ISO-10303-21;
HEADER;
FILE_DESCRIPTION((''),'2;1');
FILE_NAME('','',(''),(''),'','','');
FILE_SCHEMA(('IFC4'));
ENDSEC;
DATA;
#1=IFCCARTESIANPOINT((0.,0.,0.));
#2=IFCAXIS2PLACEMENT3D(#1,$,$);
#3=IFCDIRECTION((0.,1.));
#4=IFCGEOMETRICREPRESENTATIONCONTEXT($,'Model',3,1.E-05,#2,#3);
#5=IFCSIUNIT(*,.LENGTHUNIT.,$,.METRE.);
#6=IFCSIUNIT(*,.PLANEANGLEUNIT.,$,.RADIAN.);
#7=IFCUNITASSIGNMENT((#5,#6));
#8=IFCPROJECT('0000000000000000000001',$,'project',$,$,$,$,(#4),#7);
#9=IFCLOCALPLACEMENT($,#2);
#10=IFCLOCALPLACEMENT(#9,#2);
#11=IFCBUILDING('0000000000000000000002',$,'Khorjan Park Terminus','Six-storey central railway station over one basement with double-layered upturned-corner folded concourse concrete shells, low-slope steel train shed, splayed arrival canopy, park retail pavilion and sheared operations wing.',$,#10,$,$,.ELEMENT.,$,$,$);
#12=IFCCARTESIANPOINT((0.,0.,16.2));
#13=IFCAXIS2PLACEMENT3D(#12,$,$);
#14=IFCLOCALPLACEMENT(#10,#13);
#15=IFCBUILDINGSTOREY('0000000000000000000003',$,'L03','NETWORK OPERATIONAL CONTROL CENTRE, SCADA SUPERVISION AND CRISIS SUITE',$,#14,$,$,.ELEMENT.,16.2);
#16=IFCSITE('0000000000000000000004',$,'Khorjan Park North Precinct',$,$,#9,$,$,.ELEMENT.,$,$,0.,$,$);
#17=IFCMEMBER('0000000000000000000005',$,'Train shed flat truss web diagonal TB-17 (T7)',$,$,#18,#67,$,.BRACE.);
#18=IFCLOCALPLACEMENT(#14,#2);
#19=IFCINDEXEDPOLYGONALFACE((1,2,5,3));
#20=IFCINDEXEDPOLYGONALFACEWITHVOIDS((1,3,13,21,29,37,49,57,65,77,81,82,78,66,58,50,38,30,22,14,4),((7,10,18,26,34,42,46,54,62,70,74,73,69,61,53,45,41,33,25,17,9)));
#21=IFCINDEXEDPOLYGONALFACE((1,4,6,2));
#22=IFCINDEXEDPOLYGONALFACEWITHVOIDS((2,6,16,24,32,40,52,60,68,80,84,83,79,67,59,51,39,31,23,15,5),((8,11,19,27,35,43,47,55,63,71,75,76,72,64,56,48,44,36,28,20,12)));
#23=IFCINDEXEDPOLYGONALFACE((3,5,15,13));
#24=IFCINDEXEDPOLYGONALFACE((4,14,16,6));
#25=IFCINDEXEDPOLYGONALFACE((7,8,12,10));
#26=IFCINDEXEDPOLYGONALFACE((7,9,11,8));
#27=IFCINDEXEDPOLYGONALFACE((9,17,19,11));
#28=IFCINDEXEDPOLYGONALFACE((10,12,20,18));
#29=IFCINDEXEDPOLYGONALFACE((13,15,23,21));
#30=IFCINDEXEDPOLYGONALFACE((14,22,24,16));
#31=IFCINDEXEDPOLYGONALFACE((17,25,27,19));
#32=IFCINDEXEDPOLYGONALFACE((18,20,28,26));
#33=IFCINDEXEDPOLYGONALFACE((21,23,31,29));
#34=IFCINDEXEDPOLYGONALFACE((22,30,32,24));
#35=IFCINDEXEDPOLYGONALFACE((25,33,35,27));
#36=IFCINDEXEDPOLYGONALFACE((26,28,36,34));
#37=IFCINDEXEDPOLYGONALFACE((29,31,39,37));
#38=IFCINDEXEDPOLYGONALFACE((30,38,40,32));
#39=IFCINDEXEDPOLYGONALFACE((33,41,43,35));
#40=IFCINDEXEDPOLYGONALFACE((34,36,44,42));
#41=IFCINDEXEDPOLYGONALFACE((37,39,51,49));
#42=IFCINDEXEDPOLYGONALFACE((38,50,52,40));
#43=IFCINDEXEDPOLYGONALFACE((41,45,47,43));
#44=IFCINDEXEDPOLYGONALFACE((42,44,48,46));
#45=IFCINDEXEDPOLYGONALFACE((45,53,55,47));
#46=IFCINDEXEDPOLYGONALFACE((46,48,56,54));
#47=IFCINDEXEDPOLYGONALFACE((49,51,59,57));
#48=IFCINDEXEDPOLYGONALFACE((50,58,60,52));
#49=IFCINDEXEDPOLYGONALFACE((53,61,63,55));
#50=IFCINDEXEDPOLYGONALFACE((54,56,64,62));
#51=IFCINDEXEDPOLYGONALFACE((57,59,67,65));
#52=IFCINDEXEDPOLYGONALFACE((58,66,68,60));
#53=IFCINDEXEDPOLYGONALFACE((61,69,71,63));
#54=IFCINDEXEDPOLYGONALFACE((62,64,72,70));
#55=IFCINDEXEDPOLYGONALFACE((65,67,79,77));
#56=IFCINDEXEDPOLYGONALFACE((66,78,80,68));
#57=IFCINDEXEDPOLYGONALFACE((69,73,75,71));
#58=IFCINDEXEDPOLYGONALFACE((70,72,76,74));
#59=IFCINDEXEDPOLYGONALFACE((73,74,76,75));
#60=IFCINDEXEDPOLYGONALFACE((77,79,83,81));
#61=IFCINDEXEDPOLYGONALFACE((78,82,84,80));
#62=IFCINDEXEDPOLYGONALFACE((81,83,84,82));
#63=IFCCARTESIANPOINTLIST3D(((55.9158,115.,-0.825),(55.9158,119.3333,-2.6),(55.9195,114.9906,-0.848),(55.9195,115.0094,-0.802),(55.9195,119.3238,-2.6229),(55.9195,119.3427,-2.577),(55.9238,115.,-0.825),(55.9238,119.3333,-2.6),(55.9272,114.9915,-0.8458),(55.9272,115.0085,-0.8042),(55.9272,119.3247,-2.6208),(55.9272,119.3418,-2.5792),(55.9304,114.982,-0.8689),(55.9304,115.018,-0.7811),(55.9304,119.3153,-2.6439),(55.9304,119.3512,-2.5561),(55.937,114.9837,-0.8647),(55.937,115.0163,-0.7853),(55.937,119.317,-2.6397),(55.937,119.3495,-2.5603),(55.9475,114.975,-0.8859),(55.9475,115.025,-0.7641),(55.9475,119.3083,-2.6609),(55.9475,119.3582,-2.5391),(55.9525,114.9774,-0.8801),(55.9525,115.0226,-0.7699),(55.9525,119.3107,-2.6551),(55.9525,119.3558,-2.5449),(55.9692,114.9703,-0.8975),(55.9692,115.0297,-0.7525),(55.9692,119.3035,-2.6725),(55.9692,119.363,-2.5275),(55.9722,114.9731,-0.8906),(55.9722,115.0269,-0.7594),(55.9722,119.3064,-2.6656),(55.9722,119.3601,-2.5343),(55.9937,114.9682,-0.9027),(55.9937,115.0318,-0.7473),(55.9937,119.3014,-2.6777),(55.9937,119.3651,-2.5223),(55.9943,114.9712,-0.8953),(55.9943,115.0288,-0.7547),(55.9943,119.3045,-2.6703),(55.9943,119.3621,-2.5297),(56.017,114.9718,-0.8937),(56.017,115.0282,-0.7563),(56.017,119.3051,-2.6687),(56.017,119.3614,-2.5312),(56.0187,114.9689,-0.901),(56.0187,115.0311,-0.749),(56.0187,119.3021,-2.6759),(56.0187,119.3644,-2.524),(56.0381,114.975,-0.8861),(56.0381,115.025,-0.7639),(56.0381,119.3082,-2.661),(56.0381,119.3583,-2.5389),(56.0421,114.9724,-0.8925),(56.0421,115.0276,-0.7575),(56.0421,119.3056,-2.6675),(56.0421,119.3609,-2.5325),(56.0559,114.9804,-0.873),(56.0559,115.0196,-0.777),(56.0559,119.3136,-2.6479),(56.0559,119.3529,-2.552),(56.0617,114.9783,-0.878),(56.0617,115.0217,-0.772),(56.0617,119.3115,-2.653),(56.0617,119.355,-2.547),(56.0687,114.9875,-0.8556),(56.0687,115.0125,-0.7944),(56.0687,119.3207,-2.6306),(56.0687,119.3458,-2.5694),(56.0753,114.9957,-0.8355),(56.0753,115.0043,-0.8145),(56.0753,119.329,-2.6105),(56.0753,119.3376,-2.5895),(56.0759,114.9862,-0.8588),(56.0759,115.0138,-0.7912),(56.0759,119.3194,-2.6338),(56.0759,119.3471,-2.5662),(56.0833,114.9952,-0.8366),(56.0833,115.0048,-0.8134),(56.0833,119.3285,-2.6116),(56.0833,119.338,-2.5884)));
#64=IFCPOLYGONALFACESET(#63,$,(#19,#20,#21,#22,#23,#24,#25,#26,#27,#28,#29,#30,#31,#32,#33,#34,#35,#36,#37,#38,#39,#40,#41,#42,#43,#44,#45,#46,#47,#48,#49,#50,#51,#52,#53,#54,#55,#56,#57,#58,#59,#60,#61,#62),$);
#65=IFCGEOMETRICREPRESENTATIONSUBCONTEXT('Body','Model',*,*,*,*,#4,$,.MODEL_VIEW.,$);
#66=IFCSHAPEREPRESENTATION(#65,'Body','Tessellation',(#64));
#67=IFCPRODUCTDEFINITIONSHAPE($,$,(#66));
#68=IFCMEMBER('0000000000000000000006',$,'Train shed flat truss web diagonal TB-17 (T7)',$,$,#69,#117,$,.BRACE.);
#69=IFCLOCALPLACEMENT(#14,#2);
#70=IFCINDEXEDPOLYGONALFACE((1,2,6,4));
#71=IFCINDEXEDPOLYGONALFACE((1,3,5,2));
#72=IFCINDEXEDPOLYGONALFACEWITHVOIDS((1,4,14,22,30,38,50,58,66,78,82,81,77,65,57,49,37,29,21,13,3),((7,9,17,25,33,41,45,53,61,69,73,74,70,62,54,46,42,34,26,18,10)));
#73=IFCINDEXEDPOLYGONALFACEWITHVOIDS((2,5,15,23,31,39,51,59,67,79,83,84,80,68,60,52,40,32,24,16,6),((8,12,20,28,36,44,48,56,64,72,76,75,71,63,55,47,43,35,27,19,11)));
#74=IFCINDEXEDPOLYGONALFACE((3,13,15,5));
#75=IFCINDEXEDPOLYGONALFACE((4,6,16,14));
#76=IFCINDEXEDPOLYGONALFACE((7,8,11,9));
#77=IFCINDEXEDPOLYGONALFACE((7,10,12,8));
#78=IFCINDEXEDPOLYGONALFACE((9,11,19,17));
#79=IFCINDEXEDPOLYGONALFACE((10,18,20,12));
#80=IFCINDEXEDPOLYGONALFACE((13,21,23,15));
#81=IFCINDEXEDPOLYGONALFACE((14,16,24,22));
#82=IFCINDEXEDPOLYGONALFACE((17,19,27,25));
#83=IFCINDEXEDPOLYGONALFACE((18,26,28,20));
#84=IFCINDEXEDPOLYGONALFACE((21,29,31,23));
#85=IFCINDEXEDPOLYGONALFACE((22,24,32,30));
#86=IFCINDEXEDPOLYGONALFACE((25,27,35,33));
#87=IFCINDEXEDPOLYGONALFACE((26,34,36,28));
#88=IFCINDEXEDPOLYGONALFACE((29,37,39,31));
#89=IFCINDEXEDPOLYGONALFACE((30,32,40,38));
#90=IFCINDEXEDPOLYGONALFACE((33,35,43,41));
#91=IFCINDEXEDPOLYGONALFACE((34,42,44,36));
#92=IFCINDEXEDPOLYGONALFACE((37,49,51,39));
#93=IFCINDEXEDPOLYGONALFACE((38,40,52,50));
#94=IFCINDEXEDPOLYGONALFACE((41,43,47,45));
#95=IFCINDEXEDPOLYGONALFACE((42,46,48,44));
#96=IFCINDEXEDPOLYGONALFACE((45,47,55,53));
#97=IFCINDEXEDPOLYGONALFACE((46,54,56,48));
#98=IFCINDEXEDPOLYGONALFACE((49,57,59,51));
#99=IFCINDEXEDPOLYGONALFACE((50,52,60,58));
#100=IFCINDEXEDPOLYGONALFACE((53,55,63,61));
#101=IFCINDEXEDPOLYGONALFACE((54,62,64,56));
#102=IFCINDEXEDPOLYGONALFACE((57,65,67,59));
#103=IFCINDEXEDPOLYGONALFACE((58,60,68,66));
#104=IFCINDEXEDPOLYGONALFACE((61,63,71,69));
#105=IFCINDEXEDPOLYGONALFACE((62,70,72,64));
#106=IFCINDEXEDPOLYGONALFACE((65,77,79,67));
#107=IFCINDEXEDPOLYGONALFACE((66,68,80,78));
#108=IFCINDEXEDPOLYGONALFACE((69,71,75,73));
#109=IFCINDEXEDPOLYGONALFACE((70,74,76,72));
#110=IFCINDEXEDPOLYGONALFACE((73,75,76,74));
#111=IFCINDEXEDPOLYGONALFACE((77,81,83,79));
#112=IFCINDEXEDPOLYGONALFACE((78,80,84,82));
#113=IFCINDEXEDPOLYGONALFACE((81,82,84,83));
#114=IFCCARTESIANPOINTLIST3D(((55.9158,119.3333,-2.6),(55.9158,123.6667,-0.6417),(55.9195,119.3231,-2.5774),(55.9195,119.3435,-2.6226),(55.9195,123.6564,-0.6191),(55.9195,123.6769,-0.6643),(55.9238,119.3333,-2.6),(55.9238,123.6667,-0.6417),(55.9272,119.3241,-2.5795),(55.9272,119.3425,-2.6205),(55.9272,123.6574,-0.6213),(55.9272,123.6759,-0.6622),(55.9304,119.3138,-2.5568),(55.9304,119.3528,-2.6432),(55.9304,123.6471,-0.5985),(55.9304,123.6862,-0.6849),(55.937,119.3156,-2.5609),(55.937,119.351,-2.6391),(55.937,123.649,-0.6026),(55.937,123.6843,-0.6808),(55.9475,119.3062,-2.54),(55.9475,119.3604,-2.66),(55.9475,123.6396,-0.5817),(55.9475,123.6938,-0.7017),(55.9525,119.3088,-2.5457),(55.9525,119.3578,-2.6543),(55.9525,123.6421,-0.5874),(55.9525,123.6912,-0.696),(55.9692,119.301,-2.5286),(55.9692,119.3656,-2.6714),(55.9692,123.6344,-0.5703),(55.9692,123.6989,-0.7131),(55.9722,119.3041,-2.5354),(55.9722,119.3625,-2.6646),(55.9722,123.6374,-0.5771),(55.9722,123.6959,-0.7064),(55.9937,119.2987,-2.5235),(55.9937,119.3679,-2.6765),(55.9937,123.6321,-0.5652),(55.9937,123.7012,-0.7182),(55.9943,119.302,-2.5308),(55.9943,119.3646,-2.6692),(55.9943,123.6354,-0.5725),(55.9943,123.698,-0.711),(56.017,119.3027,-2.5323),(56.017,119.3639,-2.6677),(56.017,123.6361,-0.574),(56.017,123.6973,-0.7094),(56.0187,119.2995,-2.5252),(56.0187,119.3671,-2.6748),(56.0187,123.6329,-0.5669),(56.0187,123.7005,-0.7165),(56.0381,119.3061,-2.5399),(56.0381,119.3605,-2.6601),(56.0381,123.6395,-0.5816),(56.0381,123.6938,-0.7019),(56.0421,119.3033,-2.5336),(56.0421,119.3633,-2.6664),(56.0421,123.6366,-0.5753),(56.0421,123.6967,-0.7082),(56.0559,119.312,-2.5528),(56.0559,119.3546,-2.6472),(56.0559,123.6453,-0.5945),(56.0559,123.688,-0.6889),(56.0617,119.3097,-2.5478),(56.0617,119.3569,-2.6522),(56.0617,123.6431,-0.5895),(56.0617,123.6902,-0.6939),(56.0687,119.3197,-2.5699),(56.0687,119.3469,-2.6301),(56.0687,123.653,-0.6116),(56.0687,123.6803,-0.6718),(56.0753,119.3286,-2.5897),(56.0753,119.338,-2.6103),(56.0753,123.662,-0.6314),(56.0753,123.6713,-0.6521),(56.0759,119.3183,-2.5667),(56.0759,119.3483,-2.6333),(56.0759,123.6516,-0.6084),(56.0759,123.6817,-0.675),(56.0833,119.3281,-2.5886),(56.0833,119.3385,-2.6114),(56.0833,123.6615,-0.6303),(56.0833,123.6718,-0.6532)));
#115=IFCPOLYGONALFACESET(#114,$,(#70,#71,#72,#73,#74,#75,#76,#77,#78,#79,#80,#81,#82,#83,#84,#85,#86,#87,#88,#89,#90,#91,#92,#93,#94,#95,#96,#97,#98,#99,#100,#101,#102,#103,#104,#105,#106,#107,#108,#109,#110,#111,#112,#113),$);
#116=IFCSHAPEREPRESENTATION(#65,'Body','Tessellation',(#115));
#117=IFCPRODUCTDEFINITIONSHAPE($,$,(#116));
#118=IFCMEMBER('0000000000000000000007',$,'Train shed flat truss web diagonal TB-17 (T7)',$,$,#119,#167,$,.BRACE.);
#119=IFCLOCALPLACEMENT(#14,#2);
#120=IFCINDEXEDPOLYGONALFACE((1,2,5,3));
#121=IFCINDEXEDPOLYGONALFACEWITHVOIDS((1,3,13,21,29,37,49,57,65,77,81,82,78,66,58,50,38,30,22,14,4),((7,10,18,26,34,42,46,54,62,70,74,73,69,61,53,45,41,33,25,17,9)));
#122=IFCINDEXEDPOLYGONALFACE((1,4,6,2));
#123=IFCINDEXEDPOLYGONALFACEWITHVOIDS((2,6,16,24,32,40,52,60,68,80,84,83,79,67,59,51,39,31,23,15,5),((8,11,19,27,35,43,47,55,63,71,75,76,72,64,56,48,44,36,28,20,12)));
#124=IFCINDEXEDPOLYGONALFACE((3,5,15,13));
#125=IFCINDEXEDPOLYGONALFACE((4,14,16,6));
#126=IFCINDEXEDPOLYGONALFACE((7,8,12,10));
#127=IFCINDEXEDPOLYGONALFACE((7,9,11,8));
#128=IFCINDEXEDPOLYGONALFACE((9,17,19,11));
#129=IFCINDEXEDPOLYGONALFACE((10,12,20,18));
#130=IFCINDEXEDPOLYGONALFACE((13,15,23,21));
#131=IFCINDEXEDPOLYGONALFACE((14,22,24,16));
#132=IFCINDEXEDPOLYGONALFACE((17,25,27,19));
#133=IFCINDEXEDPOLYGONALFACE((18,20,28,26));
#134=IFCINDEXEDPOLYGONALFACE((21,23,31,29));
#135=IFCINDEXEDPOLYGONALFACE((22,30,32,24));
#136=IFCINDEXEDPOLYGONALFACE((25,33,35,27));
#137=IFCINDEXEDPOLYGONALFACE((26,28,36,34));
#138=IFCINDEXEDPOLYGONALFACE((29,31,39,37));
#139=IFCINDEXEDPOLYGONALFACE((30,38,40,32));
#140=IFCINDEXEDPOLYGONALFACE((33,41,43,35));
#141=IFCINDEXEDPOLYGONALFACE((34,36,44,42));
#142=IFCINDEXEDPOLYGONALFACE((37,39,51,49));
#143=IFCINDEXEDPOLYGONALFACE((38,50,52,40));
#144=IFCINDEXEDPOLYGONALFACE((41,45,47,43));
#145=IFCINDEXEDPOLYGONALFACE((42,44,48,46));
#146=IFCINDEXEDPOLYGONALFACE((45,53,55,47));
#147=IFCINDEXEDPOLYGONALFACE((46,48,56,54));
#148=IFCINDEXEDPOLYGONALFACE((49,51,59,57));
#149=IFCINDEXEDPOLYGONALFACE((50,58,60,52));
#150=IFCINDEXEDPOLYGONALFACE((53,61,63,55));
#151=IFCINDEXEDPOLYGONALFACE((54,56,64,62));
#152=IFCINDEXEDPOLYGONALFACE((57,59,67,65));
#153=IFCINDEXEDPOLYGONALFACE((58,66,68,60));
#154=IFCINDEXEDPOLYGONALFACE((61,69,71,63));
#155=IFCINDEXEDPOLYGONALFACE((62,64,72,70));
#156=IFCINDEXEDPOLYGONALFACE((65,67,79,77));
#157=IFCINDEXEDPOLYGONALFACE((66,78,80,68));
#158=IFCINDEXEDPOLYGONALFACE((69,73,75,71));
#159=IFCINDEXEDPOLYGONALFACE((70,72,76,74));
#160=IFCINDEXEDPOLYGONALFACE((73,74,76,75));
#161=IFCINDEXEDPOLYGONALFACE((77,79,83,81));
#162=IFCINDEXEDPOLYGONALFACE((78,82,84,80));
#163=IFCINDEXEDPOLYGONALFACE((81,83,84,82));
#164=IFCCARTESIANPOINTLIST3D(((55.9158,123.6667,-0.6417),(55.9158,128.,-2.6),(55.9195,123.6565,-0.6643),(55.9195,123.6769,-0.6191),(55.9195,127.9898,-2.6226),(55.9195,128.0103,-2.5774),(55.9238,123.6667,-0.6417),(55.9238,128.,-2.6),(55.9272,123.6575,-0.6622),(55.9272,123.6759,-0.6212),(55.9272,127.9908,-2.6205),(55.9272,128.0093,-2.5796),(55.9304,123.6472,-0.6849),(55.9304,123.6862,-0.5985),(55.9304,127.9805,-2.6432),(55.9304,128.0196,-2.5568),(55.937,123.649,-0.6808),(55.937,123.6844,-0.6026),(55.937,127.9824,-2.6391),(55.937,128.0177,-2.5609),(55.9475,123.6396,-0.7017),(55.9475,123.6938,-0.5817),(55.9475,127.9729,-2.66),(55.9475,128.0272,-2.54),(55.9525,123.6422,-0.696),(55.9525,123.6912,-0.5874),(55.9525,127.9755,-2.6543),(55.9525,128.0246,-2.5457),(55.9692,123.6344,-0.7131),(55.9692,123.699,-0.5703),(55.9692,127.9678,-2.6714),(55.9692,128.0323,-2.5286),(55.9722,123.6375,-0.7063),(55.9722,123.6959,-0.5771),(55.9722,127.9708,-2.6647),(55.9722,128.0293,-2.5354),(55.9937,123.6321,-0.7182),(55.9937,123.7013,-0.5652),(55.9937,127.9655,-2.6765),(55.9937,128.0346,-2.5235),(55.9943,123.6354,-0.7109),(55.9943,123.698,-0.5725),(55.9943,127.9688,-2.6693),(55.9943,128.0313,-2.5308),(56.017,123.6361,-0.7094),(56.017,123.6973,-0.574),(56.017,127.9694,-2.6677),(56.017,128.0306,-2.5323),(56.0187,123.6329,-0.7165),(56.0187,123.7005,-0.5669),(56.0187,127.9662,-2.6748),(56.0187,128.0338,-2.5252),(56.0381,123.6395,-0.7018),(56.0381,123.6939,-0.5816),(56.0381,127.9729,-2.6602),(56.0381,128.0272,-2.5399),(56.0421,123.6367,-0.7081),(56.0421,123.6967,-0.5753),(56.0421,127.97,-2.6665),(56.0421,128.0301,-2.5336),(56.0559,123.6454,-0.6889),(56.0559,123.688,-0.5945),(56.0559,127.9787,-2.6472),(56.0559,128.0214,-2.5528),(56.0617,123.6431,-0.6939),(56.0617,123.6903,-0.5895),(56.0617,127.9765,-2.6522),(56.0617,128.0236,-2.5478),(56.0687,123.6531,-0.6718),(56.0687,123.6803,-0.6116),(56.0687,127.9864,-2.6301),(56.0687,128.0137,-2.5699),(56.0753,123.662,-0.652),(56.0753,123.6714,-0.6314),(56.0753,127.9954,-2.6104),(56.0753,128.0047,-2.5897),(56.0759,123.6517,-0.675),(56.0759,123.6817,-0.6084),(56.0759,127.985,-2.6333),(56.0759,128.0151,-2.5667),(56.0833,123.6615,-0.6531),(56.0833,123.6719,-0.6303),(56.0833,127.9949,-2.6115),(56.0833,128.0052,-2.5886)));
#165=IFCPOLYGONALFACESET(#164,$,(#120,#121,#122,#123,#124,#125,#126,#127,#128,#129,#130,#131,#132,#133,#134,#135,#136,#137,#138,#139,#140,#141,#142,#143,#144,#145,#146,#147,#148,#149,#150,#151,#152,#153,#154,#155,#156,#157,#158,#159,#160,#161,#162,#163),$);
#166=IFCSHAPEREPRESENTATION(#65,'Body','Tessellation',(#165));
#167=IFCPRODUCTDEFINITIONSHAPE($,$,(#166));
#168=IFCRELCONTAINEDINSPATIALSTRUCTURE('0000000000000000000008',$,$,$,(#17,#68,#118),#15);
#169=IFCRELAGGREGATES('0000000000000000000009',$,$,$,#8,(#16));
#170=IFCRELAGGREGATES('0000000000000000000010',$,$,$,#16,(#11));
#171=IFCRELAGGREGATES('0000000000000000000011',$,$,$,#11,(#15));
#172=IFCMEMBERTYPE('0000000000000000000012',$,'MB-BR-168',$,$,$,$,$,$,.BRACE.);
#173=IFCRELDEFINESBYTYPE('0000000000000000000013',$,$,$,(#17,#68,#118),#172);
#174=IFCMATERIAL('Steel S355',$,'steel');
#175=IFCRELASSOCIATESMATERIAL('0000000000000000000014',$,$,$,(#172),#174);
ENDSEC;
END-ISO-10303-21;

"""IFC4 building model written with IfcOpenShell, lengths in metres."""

from ifc_helpers import new_model, si_unit, direction, frame, origin, origin_2d, place, context, subcontext, project, spatial, hollow_circle, extrude, material, material_profile, profile_set, type_object, element, save


model = new_model("IFC4")

# Units and contexts
model_context = context("Model", 3, precision=1e-05, world=origin(), true_north=direction((0.0, 1.0)))
body_context = subcontext(model_context, "Body", "Model", "MODEL_VIEW")
ifc_project = project(units=[si_unit("LENGTHUNIT", "METRE"), si_unit("PLANEANGLEUNIT", "RADIAN")], contexts=[model_context])

# Site, building, storey
site_placement = place(None, origin())
site = spatial("IfcSite", under=ifc_project, at=site_placement, Name="Khorjan Park North Precinct", CompositionType="ELEMENT", RefElevation=0.0)
building_placement = place(site_placement, origin())
building = spatial("IfcBuilding", under=site, at=building_placement, Name="Khorjan Park Terminus", Description="Six-storey central railway station over one basement with double-layered upturned-corner folded concourse concrete shells, low-slope steel train shed, splayed arrival canopy, park retail pavilion and sheared operations wing.", CompositionType="ELEMENT")
storey_placement = place(building_placement, frame((0.0, 0.0, 16.2)))
storey = spatial("IfcBuildingStorey", under=building, at=storey_placement, Name="L03", Description="NETWORK OPERATIONAL CONTROL CENTRE, SCADA SUPERVISION AND CRISIS SUITE", CompositionType="ELEMENT", Elevation=16.2)

# Members
ifc_material = material(Name="Steel S355", Category="steel")
ifc_material_profile_1 = material_profile(ifc_material, hollow_circle(Radius=0.0842, WallThickness=0.008, at=origin_2d()), Name="CHS 168.3x8")
ifc_profile_set_1 = profile_set([ifc_material_profile_1], Name="Steel S355")
member_type_1 = type_object("IfcMemberType", Name="MB-BR-168", PredefinedType="BRACE", material=ifc_profile_set_1)
member_1_placement = place(storey_placement, frame((56.0, 115.0, -0.825), z_axis=(0.0, 0.925376, -0.379051), x_axis=(-1.0, 0.0, 0.0)))
element("IfcMember", 1, at=member_1_placement, inside=storey, type_object=member_type_1, Name="Train shed flat truss web diagonal TB-17 (T7)", PredefinedType="BRACE", context=body_context, shape_type="SweptSolid", body=[
    extrude(hollow_circle(Radius=0.0842, WallThickness=0.008, at=origin_2d()), origin(), (0.0, 0.0, 1.0), 4.6827),
])
for number, where, z_axis, x_axis, name in (
    (2, (56.0, 119.3333, -2.6), (0.0, 0.91127, 0.41181), (-1.0, 0.0, 0.0), "Train shed flat truss web diagonal TB-17 (T7)"),
    (3, (56.0, 123.6667, -0.6417), (0.0, 0.911266, -0.411818), (-1.0, 0.0, 0.0), "Train shed flat truss web diagonal TB-17 (T7)"),
):
    element("IfcMember", number, at=place(storey_placement, frame(where, z_axis=z_axis, x_axis=x_axis)), inside=storey, type_object=member_type_1, Name=name, PredefinedType="BRACE", context=body_context, shape_type="SweptSolid", body=[
        extrude(hollow_circle(Radius=0.0842, WallThickness=0.008, at=origin_2d()), origin(), (0.0, 0.0, 1.0), 4.7553),
    ])

save(model, "model.ifc")
